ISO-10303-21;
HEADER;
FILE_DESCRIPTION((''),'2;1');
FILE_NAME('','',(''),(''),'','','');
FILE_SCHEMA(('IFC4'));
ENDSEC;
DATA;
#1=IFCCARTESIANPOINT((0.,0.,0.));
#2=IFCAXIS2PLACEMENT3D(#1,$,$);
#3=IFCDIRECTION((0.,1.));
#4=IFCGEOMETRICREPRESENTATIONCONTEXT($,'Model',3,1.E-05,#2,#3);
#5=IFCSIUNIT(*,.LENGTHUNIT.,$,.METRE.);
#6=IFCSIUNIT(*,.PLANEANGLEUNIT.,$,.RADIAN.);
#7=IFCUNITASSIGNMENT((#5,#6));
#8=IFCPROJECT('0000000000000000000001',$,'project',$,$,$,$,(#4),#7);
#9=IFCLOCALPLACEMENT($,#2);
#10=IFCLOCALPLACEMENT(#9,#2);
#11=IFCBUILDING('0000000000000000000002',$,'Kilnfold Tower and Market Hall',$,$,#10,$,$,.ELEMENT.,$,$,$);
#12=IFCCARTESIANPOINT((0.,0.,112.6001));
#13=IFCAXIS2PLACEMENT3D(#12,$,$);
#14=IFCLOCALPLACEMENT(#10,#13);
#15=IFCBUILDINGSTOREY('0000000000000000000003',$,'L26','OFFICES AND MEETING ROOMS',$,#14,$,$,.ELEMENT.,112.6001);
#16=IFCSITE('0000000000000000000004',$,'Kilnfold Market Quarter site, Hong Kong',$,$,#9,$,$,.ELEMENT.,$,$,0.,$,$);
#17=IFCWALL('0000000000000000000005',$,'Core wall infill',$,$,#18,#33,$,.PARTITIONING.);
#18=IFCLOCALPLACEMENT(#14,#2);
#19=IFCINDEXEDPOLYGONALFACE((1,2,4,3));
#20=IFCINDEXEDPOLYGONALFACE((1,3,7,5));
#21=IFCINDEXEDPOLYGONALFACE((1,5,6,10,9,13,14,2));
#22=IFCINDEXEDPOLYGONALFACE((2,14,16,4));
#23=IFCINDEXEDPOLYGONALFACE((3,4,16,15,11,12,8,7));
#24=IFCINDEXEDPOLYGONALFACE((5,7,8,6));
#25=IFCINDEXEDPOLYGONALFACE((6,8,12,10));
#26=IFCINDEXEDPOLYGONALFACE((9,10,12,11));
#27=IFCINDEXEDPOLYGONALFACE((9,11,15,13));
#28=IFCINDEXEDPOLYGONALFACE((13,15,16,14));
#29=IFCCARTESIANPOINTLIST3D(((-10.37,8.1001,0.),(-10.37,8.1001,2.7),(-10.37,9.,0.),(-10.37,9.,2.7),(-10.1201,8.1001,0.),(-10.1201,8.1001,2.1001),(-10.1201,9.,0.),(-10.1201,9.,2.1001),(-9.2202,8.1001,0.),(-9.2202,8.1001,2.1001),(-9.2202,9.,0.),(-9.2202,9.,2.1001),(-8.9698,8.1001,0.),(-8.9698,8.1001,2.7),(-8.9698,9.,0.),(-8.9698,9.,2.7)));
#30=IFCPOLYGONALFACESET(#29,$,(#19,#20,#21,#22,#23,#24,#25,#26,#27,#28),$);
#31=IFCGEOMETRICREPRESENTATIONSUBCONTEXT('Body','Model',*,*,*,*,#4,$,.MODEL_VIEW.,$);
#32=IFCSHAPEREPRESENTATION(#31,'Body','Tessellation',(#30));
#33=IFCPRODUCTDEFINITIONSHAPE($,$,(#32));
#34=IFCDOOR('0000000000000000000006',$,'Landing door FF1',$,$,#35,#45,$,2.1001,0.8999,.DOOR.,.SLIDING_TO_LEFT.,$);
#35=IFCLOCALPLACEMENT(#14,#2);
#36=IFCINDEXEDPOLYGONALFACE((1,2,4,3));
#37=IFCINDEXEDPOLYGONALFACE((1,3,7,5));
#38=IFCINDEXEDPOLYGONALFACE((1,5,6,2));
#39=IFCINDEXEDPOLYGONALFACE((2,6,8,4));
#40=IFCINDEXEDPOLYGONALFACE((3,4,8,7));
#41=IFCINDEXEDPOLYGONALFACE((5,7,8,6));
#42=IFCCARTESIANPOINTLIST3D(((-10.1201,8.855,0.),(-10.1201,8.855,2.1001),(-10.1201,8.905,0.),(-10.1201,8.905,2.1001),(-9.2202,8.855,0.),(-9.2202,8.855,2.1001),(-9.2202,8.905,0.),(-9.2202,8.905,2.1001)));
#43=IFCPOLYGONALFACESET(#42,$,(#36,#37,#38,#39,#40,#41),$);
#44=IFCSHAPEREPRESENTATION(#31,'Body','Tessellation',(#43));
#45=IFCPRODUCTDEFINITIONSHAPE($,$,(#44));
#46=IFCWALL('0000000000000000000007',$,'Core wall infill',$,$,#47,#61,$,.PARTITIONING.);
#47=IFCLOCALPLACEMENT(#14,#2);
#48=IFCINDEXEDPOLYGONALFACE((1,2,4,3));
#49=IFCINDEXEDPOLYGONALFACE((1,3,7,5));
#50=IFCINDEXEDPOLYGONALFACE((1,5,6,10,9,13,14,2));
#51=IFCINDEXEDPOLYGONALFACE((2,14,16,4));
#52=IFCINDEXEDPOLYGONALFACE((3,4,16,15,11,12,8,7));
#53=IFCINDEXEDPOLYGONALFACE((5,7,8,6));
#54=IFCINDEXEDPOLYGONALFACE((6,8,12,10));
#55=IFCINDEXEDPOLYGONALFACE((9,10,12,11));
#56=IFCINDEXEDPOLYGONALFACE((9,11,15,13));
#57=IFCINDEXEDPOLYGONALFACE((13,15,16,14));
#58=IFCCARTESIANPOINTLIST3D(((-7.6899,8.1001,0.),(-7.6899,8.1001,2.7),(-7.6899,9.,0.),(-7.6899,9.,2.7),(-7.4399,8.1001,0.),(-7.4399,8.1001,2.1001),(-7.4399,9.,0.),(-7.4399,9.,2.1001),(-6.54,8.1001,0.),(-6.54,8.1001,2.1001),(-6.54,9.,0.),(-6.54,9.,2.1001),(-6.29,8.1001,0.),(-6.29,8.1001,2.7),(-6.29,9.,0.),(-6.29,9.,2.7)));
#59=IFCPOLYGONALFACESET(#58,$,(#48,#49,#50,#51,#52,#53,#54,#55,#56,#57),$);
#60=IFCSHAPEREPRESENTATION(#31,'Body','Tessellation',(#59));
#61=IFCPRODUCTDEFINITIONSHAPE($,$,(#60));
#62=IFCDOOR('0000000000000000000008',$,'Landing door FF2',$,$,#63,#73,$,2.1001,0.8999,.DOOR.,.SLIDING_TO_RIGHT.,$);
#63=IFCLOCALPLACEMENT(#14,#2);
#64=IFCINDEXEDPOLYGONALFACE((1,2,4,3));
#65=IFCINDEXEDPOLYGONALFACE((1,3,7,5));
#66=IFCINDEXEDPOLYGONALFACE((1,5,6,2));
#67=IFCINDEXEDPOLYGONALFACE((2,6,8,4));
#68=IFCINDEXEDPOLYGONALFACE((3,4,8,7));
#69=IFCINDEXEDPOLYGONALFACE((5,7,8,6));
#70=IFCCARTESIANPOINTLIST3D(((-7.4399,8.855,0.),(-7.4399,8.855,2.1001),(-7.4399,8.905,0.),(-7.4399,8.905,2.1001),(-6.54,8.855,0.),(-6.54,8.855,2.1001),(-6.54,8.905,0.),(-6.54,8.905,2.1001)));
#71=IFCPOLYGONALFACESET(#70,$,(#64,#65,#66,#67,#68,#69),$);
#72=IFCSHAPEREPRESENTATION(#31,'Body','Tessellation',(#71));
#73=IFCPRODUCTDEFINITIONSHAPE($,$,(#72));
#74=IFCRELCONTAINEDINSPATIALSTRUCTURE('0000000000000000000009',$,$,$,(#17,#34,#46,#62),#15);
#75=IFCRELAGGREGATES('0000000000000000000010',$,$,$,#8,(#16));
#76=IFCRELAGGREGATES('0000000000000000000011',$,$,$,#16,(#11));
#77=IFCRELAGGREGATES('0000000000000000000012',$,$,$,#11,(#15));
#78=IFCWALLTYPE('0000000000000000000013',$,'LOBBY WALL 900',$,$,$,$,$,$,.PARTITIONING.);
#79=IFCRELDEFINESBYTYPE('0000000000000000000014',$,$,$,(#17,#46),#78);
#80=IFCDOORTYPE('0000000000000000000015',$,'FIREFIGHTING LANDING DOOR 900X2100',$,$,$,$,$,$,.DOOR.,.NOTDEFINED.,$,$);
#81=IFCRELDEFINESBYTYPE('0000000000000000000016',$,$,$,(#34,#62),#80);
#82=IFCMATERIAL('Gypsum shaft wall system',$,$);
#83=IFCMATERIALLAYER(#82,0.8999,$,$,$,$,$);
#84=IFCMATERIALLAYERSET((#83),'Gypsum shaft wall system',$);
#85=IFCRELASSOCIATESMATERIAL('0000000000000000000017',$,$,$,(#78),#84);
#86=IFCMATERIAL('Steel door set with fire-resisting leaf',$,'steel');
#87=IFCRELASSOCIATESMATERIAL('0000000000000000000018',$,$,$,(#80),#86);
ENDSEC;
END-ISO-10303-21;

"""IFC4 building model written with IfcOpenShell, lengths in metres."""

from ifc_helpers import new_model, si_unit, direction, frame, frame_2d, origin, place, context, subcontext, project, spatial, rectangle, extrude, source, transform, mapped, material, layer, layer_set, type_object, element, fill, save


model = new_model("IFC4")

# Units and contexts
model_context = context("Model", 3, precision=1e-05, world=origin(), true_north=direction((0.0, 1.0)))
body_context = subcontext(model_context, "Body", "Model", "MODEL_VIEW")
ifc_project = project(units=[si_unit("LENGTHUNIT", "METRE"), si_unit("PLANEANGLEUNIT", "RADIAN")], contexts=[model_context])

# Site, building, storey
site_placement = place(None, origin())
site = spatial("IfcSite", under=ifc_project, at=site_placement, Name="Kilnfold Market Quarter site, Hong Kong", CompositionType="ELEMENT", RefElevation=0.0)
building_placement = place(site_placement, origin())
building = spatial("IfcBuilding", under=site, at=building_placement, Name="Kilnfold Tower and Market Hall", CompositionType="ELEMENT")
storey_placement = place(building_placement, frame((0.0, 0.0, 112.6001)))
storey = spatial("IfcBuildingStorey", under=building, at=storey_placement, Name="L26", Description="OFFICES AND MEETING ROOMS", CompositionType="ELEMENT", Elevation=112.6001)

# Walls, openings, doors
ifc_material_1 = material(Name="Gypsum shaft wall system")
ifc_layer_1 = layer(ifc_material_1, 0.8999)
ifc_layer_set_1 = layer_set([ifc_layer_1], Name="Gypsum shaft wall system")
wall_type_1 = type_object("IfcWallType", Name="LOBBY WALL 900", PredefinedType="PARTITIONING", material=ifc_layer_set_1)
shared_shape_1 = source(origin(), body_context, "Body", "SweptSolid", [
    extrude(rectangle(XDim=1.4001, YDim=0.8999, at=frame_2d((0.7002, 0.0))), origin(), (0.0, 0.0, 1.0), 2.7),
])
wall_1_placement = place(storey_placement, frame((-10.3701, 8.55, 0.0), z_axis=(0.0, 0.0, 1.0), x_axis=(1.0, 0.0, 0.0)))
wall_1 = element("IfcWall", 1, at=wall_1_placement, inside=storey, type_object=wall_type_1, Name="Core wall infill", PredefinedType="PARTITIONING", context=body_context, shape_type="MappedRepresentation", body=[
    mapped(shared_shape_1, transform((0.0, 0.0, 0.0))),
])
opening_1_placement = place(wall_1_placement, frame((0.25, 0.0, 0.0)))
opening_1 = element("IfcOpeningElement", 2, at=opening_1_placement, cuts=wall_1, PredefinedType="OPENING", context=body_context, shape_type="SweptSolid", body=[
    extrude(rectangle(XDim=0.8999, YDim=2.1001, at=frame_2d((0.45, 1.05))), frame((0.0, 0.46, 0.0), z_axis=(0.0, -1.0, 0.0), x_axis=(1.0, 0.0, 0.0)), (0.0, 0.0, 1.0), 0.9199),
])
ifc_material_2 = material(Name="Steel door set with fire-resisting leaf", Category="steel")
door_type_1 = type_object("IfcDoorType", Name="FIREFIGHTING LANDING DOOR 900X2100", OperationType="NOTDEFINED", PredefinedType="DOOR", material=ifc_material_2)
door_1_placement = place(opening_1_placement, origin())
door_1 = element("IfcDoor", 3, at=door_1_placement, inside=storey, type_object=door_type_1, Name="Landing door FF1", OperationType="SLIDING_TO_LEFT", OverallHeight=2.1001, OverallWidth=0.8999, PredefinedType="DOOR", context=body_context, shape_type="SweptSolid", body=[
    extrude(rectangle(XDim=0.8999, YDim=2.1001, at=frame_2d((0.45, 1.05))), frame((0.0, 0.355, 0.0), z_axis=(0.0, -1.0, 0.0), x_axis=(1.0, 0.0, 0.0)), (0.0, 0.0, 1.0), 0.05),
])
fill(opening_1, door_1)
shared_shape_2 = source(origin(), body_context, "Body", "SweptSolid", [
    extrude(rectangle(XDim=1.3999, YDim=0.8999, at=frame_2d((0.7, 0.0))), origin(), (0.0, 0.0, 1.0), 2.7),
])
wall_2_placement = place(storey_placement, frame((-7.6899, 8.55, 0.0), z_axis=(0.0, 0.0, 1.0), x_axis=(1.0, 0.0, 0.0)))
wall_2 = element("IfcWall", 4, at=wall_2_placement, inside=storey, type_object=wall_type_1, Name="Core wall infill", PredefinedType="PARTITIONING", context=body_context, shape_type="MappedRepresentation", body=[
    mapped(shared_shape_2, transform((0.0, 0.0, 0.0))),
])
opening_2_placement = place(wall_2_placement, frame((0.25, 0.0, 0.0)))
opening_2 = element("IfcOpeningElement", 5, at=opening_2_placement, cuts=wall_2, PredefinedType="OPENING", context=body_context, shape_type="SweptSolid", body=[
    extrude(rectangle(XDim=0.8999, YDim=2.1001, at=frame_2d((0.45, 1.05))), frame((0.0, 0.46, 0.0), z_axis=(0.0, -1.0, 0.0), x_axis=(1.0, 0.0, 0.0)), (0.0, 0.0, 1.0), 0.9199),
])
door_2_placement = place(opening_2_placement, origin())
door_2 = element("IfcDoor", 6, at=door_2_placement, inside=storey, type_object=door_type_1, Name="Landing door FF2", OperationType="SLIDING_TO_RIGHT", OverallHeight=2.1001, OverallWidth=0.8999, PredefinedType="DOOR", context=body_context, shape_type="SweptSolid", body=[
    extrude(rectangle(XDim=0.8999, YDim=2.1001, at=frame_2d((0.45, 1.05))), frame((0.0, 0.355, 0.0), z_axis=(0.0, -1.0, 0.0), x_axis=(1.0, 0.0, 0.0)), (0.0, 0.0, 1.0), 0.05),
])
fill(opening_2, door_2)

save(model, "model.ifc")
